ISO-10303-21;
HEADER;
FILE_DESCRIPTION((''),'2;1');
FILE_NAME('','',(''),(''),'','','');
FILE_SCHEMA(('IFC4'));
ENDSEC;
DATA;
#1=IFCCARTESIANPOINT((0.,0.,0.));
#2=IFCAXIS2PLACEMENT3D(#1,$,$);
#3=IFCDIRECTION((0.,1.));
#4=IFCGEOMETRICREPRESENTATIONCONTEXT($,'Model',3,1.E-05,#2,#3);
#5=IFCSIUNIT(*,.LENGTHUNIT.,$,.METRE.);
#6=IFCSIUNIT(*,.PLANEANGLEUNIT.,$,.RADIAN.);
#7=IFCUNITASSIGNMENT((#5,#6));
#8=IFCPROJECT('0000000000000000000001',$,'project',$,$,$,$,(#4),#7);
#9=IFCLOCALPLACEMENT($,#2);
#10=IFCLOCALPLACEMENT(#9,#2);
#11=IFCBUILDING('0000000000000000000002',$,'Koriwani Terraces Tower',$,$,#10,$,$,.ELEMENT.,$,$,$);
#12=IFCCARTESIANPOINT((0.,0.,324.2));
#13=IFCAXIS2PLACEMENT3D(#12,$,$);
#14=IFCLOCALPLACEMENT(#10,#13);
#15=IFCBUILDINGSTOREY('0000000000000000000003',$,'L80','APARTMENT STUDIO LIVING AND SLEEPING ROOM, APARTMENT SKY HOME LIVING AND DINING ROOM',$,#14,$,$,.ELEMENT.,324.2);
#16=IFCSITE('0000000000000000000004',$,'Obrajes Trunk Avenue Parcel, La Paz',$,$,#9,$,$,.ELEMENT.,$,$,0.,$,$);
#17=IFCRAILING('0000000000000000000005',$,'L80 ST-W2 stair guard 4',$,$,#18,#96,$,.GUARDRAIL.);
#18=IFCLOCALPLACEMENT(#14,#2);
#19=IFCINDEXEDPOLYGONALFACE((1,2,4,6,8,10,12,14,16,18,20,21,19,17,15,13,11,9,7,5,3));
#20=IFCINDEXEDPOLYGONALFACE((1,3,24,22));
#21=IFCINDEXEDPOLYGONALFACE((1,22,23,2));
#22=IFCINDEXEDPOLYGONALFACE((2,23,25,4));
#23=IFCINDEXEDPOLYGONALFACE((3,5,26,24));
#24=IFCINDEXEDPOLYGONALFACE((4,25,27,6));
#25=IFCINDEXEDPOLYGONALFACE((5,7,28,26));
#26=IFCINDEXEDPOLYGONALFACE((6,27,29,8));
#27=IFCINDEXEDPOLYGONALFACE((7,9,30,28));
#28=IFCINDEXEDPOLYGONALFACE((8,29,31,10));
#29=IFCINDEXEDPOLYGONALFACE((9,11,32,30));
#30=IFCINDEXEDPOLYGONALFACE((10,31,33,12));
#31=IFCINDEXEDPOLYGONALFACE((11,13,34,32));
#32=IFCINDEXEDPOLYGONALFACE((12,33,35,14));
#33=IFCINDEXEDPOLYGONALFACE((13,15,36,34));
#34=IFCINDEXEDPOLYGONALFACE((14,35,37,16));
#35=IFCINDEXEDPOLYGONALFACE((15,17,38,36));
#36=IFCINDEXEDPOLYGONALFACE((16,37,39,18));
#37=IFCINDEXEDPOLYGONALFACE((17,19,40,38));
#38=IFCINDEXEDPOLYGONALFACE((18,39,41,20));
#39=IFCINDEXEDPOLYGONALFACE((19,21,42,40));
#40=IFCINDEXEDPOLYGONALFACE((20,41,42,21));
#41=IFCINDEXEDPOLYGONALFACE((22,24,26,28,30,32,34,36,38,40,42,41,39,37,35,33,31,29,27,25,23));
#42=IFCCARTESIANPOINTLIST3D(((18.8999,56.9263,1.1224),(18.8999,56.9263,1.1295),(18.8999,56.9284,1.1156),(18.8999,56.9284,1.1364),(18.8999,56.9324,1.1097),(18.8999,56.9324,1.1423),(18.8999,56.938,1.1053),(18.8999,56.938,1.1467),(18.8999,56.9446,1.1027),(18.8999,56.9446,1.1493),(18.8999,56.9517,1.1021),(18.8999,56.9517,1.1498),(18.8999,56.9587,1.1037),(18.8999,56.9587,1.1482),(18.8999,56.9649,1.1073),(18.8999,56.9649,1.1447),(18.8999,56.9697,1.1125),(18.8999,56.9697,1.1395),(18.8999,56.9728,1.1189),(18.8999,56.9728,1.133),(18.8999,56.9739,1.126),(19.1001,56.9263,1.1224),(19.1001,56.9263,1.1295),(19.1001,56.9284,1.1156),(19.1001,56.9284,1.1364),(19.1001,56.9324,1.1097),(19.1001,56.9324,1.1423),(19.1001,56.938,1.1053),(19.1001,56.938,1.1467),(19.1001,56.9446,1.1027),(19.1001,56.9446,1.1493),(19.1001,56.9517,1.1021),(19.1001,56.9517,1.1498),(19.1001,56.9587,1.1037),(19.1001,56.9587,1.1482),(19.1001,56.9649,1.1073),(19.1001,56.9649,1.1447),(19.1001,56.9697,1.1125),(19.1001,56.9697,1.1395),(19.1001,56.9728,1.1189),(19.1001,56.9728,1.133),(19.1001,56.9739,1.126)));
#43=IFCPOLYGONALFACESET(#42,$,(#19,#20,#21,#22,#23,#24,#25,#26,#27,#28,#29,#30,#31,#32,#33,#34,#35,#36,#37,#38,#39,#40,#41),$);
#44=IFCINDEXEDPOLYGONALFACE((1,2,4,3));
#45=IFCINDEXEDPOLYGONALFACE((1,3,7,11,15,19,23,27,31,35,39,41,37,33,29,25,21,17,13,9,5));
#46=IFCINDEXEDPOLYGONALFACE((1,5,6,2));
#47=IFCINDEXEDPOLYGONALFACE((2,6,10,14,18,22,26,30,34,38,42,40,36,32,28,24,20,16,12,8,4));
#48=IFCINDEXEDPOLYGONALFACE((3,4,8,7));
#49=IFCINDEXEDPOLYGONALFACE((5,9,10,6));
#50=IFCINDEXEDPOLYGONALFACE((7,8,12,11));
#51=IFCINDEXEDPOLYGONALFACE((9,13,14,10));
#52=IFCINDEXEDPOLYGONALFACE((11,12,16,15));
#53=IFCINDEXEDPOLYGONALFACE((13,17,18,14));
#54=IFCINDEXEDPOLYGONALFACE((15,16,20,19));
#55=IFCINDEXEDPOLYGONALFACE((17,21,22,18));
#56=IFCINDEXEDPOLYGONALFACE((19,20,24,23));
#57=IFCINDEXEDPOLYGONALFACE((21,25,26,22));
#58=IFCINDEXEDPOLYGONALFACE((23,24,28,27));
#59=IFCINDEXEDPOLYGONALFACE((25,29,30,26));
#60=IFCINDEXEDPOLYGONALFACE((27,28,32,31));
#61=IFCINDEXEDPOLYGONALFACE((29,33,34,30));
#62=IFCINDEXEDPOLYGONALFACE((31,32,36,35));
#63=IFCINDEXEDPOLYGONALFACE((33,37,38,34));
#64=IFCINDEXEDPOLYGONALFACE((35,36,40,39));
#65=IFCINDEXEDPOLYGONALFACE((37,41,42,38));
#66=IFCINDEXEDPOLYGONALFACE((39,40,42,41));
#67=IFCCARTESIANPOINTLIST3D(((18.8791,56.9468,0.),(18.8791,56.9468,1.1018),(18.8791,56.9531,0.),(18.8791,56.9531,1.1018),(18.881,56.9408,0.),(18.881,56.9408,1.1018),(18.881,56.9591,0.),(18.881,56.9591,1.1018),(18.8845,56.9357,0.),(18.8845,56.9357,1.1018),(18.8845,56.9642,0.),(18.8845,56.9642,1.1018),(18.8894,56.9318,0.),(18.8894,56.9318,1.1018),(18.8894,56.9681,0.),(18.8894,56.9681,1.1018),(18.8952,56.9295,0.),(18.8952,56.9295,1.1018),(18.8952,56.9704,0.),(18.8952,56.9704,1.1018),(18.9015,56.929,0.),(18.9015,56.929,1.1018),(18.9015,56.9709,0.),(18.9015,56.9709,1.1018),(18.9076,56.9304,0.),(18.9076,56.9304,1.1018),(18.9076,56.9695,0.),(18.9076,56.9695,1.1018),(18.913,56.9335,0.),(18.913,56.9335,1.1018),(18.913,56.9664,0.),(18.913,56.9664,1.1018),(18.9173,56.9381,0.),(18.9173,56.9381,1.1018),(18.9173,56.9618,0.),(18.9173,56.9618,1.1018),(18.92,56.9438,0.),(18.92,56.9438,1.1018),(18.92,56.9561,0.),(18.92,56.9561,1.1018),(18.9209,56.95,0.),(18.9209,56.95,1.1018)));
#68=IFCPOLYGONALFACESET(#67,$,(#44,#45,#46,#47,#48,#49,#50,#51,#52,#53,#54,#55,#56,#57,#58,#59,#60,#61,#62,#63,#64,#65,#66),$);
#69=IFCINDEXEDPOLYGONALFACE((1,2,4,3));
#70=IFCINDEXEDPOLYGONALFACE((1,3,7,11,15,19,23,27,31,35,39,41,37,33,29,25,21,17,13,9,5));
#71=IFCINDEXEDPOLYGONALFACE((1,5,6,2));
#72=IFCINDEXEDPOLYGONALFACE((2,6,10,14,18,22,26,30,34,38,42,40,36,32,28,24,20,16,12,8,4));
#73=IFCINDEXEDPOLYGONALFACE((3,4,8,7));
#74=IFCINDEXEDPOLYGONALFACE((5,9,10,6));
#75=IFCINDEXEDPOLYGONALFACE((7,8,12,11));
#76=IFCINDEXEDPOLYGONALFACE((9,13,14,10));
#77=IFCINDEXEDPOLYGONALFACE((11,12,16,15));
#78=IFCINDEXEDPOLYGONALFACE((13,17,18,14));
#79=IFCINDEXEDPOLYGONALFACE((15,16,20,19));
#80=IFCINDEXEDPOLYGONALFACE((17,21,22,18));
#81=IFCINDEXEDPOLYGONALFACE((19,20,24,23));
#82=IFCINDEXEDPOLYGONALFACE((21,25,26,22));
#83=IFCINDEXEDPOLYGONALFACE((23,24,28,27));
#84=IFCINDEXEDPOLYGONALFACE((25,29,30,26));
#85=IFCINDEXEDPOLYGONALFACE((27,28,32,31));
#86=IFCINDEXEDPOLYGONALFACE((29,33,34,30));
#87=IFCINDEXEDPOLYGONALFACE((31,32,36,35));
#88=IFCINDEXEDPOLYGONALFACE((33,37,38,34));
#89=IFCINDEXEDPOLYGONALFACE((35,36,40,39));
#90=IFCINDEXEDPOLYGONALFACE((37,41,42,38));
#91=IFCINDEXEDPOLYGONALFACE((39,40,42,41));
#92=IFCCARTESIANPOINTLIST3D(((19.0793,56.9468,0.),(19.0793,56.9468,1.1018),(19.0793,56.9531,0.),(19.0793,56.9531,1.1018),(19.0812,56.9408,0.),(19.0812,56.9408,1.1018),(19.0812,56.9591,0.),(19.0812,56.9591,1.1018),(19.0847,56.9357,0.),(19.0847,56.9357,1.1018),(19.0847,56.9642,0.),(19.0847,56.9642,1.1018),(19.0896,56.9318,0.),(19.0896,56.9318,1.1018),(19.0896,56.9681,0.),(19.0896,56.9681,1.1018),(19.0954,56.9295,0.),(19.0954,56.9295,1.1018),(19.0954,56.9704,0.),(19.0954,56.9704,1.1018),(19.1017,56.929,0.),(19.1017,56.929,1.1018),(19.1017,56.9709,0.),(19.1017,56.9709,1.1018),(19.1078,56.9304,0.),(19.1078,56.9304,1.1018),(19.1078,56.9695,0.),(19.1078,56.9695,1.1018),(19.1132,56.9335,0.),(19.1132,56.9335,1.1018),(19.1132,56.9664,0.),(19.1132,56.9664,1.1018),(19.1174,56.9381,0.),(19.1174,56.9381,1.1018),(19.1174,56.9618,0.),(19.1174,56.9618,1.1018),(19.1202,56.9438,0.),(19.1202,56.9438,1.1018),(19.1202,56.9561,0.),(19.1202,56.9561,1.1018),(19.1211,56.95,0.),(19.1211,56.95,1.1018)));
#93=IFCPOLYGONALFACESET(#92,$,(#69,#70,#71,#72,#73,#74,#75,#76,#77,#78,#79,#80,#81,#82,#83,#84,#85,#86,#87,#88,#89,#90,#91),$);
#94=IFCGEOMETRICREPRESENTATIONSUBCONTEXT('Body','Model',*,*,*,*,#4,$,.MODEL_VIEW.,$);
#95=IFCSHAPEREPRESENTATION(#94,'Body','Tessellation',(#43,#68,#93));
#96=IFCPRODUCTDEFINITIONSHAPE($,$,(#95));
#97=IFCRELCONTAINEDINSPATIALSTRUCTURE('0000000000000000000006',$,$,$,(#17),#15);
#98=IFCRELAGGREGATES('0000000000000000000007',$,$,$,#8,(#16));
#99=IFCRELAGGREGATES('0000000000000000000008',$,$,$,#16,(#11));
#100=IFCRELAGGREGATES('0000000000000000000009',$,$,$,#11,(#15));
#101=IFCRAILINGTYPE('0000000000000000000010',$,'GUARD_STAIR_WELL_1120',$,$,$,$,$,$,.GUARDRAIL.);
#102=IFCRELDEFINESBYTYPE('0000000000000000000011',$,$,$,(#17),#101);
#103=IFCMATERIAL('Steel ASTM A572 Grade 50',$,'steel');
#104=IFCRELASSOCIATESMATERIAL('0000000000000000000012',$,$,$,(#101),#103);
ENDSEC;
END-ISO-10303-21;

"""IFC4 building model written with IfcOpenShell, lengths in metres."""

from ifc_helpers import new_model, si_unit, direction, frame, origin, origin_2d, place, context, subcontext, project, spatial, circle, extrude, material, type_object, element, save


model = new_model("IFC4")

# Units and contexts
model_context = context("Model", 3, precision=1e-05, world=origin(), true_north=direction((0.0, 1.0)))
body_context = subcontext(model_context, "Body", "Model", "MODEL_VIEW")
ifc_project = project(units=[si_unit("LENGTHUNIT", "METRE"), si_unit("PLANEANGLEUNIT", "RADIAN")], contexts=[model_context])

# Site, building, storey
site_placement = place(None, origin())
site = spatial("IfcSite", under=ifc_project, at=site_placement, Name="Obrajes Trunk Avenue Parcel, La Paz", CompositionType="ELEMENT", RefElevation=0.0)
building_placement = place(site_placement, origin())
building = spatial("IfcBuilding", under=site, at=building_placement, Name="Koriwani Terraces Tower", CompositionType="ELEMENT")
storey_placement = place(building_placement, frame((0.0, 0.0, 324.2)))
storey = spatial("IfcBuildingStorey", under=building, at=storey_placement, Name="L80", Description="APARTMENT STUDIO LIVING AND SLEEPING ROOM, APARTMENT SKY HOME LIVING AND DINING ROOM", CompositionType="ELEMENT", Elevation=324.2)

# Shared definitions
ifc_material_1 = material(Name="Steel ASTM A572 Grade 50", Category="steel")

# Railing
railing_type_1 = type_object("IfcRailingType", Name="GUARD_STAIR_WELL_1120", PredefinedType="GUARDRAIL", material=ifc_material_1)
railing_1_placement = place(storey_placement, frame((18.8999, 56.95, 0.0)))
element("IfcRailing", 1, at=railing_1_placement, inside=storey, type_object=railing_type_1, Name="L80 ST-W2 stair guard 4", PredefinedType="GUARDRAIL", context=body_context, shape_type="SweptSolid", body=[
    extrude(circle(Radius=0.0239, at=origin_2d()), frame((0.0, 0.0, 1.126), z_axis=(1.0, 0.0, 0.0), x_axis=(0.0, 1.0, 0.0)), (0.0, 0.0, 1.0), 0.2002),
    extrude(circle(Radius=0.021, at=origin_2d()), origin(), (0.0, 0.0, 1.0), 1.1018),
    extrude(circle(Radius=0.021, at=origin_2d()), frame((0.2002, 0.0, 0.0)), (0.0, 0.0, 1.0), 1.1018),
])

save(model, "model.ifc")
